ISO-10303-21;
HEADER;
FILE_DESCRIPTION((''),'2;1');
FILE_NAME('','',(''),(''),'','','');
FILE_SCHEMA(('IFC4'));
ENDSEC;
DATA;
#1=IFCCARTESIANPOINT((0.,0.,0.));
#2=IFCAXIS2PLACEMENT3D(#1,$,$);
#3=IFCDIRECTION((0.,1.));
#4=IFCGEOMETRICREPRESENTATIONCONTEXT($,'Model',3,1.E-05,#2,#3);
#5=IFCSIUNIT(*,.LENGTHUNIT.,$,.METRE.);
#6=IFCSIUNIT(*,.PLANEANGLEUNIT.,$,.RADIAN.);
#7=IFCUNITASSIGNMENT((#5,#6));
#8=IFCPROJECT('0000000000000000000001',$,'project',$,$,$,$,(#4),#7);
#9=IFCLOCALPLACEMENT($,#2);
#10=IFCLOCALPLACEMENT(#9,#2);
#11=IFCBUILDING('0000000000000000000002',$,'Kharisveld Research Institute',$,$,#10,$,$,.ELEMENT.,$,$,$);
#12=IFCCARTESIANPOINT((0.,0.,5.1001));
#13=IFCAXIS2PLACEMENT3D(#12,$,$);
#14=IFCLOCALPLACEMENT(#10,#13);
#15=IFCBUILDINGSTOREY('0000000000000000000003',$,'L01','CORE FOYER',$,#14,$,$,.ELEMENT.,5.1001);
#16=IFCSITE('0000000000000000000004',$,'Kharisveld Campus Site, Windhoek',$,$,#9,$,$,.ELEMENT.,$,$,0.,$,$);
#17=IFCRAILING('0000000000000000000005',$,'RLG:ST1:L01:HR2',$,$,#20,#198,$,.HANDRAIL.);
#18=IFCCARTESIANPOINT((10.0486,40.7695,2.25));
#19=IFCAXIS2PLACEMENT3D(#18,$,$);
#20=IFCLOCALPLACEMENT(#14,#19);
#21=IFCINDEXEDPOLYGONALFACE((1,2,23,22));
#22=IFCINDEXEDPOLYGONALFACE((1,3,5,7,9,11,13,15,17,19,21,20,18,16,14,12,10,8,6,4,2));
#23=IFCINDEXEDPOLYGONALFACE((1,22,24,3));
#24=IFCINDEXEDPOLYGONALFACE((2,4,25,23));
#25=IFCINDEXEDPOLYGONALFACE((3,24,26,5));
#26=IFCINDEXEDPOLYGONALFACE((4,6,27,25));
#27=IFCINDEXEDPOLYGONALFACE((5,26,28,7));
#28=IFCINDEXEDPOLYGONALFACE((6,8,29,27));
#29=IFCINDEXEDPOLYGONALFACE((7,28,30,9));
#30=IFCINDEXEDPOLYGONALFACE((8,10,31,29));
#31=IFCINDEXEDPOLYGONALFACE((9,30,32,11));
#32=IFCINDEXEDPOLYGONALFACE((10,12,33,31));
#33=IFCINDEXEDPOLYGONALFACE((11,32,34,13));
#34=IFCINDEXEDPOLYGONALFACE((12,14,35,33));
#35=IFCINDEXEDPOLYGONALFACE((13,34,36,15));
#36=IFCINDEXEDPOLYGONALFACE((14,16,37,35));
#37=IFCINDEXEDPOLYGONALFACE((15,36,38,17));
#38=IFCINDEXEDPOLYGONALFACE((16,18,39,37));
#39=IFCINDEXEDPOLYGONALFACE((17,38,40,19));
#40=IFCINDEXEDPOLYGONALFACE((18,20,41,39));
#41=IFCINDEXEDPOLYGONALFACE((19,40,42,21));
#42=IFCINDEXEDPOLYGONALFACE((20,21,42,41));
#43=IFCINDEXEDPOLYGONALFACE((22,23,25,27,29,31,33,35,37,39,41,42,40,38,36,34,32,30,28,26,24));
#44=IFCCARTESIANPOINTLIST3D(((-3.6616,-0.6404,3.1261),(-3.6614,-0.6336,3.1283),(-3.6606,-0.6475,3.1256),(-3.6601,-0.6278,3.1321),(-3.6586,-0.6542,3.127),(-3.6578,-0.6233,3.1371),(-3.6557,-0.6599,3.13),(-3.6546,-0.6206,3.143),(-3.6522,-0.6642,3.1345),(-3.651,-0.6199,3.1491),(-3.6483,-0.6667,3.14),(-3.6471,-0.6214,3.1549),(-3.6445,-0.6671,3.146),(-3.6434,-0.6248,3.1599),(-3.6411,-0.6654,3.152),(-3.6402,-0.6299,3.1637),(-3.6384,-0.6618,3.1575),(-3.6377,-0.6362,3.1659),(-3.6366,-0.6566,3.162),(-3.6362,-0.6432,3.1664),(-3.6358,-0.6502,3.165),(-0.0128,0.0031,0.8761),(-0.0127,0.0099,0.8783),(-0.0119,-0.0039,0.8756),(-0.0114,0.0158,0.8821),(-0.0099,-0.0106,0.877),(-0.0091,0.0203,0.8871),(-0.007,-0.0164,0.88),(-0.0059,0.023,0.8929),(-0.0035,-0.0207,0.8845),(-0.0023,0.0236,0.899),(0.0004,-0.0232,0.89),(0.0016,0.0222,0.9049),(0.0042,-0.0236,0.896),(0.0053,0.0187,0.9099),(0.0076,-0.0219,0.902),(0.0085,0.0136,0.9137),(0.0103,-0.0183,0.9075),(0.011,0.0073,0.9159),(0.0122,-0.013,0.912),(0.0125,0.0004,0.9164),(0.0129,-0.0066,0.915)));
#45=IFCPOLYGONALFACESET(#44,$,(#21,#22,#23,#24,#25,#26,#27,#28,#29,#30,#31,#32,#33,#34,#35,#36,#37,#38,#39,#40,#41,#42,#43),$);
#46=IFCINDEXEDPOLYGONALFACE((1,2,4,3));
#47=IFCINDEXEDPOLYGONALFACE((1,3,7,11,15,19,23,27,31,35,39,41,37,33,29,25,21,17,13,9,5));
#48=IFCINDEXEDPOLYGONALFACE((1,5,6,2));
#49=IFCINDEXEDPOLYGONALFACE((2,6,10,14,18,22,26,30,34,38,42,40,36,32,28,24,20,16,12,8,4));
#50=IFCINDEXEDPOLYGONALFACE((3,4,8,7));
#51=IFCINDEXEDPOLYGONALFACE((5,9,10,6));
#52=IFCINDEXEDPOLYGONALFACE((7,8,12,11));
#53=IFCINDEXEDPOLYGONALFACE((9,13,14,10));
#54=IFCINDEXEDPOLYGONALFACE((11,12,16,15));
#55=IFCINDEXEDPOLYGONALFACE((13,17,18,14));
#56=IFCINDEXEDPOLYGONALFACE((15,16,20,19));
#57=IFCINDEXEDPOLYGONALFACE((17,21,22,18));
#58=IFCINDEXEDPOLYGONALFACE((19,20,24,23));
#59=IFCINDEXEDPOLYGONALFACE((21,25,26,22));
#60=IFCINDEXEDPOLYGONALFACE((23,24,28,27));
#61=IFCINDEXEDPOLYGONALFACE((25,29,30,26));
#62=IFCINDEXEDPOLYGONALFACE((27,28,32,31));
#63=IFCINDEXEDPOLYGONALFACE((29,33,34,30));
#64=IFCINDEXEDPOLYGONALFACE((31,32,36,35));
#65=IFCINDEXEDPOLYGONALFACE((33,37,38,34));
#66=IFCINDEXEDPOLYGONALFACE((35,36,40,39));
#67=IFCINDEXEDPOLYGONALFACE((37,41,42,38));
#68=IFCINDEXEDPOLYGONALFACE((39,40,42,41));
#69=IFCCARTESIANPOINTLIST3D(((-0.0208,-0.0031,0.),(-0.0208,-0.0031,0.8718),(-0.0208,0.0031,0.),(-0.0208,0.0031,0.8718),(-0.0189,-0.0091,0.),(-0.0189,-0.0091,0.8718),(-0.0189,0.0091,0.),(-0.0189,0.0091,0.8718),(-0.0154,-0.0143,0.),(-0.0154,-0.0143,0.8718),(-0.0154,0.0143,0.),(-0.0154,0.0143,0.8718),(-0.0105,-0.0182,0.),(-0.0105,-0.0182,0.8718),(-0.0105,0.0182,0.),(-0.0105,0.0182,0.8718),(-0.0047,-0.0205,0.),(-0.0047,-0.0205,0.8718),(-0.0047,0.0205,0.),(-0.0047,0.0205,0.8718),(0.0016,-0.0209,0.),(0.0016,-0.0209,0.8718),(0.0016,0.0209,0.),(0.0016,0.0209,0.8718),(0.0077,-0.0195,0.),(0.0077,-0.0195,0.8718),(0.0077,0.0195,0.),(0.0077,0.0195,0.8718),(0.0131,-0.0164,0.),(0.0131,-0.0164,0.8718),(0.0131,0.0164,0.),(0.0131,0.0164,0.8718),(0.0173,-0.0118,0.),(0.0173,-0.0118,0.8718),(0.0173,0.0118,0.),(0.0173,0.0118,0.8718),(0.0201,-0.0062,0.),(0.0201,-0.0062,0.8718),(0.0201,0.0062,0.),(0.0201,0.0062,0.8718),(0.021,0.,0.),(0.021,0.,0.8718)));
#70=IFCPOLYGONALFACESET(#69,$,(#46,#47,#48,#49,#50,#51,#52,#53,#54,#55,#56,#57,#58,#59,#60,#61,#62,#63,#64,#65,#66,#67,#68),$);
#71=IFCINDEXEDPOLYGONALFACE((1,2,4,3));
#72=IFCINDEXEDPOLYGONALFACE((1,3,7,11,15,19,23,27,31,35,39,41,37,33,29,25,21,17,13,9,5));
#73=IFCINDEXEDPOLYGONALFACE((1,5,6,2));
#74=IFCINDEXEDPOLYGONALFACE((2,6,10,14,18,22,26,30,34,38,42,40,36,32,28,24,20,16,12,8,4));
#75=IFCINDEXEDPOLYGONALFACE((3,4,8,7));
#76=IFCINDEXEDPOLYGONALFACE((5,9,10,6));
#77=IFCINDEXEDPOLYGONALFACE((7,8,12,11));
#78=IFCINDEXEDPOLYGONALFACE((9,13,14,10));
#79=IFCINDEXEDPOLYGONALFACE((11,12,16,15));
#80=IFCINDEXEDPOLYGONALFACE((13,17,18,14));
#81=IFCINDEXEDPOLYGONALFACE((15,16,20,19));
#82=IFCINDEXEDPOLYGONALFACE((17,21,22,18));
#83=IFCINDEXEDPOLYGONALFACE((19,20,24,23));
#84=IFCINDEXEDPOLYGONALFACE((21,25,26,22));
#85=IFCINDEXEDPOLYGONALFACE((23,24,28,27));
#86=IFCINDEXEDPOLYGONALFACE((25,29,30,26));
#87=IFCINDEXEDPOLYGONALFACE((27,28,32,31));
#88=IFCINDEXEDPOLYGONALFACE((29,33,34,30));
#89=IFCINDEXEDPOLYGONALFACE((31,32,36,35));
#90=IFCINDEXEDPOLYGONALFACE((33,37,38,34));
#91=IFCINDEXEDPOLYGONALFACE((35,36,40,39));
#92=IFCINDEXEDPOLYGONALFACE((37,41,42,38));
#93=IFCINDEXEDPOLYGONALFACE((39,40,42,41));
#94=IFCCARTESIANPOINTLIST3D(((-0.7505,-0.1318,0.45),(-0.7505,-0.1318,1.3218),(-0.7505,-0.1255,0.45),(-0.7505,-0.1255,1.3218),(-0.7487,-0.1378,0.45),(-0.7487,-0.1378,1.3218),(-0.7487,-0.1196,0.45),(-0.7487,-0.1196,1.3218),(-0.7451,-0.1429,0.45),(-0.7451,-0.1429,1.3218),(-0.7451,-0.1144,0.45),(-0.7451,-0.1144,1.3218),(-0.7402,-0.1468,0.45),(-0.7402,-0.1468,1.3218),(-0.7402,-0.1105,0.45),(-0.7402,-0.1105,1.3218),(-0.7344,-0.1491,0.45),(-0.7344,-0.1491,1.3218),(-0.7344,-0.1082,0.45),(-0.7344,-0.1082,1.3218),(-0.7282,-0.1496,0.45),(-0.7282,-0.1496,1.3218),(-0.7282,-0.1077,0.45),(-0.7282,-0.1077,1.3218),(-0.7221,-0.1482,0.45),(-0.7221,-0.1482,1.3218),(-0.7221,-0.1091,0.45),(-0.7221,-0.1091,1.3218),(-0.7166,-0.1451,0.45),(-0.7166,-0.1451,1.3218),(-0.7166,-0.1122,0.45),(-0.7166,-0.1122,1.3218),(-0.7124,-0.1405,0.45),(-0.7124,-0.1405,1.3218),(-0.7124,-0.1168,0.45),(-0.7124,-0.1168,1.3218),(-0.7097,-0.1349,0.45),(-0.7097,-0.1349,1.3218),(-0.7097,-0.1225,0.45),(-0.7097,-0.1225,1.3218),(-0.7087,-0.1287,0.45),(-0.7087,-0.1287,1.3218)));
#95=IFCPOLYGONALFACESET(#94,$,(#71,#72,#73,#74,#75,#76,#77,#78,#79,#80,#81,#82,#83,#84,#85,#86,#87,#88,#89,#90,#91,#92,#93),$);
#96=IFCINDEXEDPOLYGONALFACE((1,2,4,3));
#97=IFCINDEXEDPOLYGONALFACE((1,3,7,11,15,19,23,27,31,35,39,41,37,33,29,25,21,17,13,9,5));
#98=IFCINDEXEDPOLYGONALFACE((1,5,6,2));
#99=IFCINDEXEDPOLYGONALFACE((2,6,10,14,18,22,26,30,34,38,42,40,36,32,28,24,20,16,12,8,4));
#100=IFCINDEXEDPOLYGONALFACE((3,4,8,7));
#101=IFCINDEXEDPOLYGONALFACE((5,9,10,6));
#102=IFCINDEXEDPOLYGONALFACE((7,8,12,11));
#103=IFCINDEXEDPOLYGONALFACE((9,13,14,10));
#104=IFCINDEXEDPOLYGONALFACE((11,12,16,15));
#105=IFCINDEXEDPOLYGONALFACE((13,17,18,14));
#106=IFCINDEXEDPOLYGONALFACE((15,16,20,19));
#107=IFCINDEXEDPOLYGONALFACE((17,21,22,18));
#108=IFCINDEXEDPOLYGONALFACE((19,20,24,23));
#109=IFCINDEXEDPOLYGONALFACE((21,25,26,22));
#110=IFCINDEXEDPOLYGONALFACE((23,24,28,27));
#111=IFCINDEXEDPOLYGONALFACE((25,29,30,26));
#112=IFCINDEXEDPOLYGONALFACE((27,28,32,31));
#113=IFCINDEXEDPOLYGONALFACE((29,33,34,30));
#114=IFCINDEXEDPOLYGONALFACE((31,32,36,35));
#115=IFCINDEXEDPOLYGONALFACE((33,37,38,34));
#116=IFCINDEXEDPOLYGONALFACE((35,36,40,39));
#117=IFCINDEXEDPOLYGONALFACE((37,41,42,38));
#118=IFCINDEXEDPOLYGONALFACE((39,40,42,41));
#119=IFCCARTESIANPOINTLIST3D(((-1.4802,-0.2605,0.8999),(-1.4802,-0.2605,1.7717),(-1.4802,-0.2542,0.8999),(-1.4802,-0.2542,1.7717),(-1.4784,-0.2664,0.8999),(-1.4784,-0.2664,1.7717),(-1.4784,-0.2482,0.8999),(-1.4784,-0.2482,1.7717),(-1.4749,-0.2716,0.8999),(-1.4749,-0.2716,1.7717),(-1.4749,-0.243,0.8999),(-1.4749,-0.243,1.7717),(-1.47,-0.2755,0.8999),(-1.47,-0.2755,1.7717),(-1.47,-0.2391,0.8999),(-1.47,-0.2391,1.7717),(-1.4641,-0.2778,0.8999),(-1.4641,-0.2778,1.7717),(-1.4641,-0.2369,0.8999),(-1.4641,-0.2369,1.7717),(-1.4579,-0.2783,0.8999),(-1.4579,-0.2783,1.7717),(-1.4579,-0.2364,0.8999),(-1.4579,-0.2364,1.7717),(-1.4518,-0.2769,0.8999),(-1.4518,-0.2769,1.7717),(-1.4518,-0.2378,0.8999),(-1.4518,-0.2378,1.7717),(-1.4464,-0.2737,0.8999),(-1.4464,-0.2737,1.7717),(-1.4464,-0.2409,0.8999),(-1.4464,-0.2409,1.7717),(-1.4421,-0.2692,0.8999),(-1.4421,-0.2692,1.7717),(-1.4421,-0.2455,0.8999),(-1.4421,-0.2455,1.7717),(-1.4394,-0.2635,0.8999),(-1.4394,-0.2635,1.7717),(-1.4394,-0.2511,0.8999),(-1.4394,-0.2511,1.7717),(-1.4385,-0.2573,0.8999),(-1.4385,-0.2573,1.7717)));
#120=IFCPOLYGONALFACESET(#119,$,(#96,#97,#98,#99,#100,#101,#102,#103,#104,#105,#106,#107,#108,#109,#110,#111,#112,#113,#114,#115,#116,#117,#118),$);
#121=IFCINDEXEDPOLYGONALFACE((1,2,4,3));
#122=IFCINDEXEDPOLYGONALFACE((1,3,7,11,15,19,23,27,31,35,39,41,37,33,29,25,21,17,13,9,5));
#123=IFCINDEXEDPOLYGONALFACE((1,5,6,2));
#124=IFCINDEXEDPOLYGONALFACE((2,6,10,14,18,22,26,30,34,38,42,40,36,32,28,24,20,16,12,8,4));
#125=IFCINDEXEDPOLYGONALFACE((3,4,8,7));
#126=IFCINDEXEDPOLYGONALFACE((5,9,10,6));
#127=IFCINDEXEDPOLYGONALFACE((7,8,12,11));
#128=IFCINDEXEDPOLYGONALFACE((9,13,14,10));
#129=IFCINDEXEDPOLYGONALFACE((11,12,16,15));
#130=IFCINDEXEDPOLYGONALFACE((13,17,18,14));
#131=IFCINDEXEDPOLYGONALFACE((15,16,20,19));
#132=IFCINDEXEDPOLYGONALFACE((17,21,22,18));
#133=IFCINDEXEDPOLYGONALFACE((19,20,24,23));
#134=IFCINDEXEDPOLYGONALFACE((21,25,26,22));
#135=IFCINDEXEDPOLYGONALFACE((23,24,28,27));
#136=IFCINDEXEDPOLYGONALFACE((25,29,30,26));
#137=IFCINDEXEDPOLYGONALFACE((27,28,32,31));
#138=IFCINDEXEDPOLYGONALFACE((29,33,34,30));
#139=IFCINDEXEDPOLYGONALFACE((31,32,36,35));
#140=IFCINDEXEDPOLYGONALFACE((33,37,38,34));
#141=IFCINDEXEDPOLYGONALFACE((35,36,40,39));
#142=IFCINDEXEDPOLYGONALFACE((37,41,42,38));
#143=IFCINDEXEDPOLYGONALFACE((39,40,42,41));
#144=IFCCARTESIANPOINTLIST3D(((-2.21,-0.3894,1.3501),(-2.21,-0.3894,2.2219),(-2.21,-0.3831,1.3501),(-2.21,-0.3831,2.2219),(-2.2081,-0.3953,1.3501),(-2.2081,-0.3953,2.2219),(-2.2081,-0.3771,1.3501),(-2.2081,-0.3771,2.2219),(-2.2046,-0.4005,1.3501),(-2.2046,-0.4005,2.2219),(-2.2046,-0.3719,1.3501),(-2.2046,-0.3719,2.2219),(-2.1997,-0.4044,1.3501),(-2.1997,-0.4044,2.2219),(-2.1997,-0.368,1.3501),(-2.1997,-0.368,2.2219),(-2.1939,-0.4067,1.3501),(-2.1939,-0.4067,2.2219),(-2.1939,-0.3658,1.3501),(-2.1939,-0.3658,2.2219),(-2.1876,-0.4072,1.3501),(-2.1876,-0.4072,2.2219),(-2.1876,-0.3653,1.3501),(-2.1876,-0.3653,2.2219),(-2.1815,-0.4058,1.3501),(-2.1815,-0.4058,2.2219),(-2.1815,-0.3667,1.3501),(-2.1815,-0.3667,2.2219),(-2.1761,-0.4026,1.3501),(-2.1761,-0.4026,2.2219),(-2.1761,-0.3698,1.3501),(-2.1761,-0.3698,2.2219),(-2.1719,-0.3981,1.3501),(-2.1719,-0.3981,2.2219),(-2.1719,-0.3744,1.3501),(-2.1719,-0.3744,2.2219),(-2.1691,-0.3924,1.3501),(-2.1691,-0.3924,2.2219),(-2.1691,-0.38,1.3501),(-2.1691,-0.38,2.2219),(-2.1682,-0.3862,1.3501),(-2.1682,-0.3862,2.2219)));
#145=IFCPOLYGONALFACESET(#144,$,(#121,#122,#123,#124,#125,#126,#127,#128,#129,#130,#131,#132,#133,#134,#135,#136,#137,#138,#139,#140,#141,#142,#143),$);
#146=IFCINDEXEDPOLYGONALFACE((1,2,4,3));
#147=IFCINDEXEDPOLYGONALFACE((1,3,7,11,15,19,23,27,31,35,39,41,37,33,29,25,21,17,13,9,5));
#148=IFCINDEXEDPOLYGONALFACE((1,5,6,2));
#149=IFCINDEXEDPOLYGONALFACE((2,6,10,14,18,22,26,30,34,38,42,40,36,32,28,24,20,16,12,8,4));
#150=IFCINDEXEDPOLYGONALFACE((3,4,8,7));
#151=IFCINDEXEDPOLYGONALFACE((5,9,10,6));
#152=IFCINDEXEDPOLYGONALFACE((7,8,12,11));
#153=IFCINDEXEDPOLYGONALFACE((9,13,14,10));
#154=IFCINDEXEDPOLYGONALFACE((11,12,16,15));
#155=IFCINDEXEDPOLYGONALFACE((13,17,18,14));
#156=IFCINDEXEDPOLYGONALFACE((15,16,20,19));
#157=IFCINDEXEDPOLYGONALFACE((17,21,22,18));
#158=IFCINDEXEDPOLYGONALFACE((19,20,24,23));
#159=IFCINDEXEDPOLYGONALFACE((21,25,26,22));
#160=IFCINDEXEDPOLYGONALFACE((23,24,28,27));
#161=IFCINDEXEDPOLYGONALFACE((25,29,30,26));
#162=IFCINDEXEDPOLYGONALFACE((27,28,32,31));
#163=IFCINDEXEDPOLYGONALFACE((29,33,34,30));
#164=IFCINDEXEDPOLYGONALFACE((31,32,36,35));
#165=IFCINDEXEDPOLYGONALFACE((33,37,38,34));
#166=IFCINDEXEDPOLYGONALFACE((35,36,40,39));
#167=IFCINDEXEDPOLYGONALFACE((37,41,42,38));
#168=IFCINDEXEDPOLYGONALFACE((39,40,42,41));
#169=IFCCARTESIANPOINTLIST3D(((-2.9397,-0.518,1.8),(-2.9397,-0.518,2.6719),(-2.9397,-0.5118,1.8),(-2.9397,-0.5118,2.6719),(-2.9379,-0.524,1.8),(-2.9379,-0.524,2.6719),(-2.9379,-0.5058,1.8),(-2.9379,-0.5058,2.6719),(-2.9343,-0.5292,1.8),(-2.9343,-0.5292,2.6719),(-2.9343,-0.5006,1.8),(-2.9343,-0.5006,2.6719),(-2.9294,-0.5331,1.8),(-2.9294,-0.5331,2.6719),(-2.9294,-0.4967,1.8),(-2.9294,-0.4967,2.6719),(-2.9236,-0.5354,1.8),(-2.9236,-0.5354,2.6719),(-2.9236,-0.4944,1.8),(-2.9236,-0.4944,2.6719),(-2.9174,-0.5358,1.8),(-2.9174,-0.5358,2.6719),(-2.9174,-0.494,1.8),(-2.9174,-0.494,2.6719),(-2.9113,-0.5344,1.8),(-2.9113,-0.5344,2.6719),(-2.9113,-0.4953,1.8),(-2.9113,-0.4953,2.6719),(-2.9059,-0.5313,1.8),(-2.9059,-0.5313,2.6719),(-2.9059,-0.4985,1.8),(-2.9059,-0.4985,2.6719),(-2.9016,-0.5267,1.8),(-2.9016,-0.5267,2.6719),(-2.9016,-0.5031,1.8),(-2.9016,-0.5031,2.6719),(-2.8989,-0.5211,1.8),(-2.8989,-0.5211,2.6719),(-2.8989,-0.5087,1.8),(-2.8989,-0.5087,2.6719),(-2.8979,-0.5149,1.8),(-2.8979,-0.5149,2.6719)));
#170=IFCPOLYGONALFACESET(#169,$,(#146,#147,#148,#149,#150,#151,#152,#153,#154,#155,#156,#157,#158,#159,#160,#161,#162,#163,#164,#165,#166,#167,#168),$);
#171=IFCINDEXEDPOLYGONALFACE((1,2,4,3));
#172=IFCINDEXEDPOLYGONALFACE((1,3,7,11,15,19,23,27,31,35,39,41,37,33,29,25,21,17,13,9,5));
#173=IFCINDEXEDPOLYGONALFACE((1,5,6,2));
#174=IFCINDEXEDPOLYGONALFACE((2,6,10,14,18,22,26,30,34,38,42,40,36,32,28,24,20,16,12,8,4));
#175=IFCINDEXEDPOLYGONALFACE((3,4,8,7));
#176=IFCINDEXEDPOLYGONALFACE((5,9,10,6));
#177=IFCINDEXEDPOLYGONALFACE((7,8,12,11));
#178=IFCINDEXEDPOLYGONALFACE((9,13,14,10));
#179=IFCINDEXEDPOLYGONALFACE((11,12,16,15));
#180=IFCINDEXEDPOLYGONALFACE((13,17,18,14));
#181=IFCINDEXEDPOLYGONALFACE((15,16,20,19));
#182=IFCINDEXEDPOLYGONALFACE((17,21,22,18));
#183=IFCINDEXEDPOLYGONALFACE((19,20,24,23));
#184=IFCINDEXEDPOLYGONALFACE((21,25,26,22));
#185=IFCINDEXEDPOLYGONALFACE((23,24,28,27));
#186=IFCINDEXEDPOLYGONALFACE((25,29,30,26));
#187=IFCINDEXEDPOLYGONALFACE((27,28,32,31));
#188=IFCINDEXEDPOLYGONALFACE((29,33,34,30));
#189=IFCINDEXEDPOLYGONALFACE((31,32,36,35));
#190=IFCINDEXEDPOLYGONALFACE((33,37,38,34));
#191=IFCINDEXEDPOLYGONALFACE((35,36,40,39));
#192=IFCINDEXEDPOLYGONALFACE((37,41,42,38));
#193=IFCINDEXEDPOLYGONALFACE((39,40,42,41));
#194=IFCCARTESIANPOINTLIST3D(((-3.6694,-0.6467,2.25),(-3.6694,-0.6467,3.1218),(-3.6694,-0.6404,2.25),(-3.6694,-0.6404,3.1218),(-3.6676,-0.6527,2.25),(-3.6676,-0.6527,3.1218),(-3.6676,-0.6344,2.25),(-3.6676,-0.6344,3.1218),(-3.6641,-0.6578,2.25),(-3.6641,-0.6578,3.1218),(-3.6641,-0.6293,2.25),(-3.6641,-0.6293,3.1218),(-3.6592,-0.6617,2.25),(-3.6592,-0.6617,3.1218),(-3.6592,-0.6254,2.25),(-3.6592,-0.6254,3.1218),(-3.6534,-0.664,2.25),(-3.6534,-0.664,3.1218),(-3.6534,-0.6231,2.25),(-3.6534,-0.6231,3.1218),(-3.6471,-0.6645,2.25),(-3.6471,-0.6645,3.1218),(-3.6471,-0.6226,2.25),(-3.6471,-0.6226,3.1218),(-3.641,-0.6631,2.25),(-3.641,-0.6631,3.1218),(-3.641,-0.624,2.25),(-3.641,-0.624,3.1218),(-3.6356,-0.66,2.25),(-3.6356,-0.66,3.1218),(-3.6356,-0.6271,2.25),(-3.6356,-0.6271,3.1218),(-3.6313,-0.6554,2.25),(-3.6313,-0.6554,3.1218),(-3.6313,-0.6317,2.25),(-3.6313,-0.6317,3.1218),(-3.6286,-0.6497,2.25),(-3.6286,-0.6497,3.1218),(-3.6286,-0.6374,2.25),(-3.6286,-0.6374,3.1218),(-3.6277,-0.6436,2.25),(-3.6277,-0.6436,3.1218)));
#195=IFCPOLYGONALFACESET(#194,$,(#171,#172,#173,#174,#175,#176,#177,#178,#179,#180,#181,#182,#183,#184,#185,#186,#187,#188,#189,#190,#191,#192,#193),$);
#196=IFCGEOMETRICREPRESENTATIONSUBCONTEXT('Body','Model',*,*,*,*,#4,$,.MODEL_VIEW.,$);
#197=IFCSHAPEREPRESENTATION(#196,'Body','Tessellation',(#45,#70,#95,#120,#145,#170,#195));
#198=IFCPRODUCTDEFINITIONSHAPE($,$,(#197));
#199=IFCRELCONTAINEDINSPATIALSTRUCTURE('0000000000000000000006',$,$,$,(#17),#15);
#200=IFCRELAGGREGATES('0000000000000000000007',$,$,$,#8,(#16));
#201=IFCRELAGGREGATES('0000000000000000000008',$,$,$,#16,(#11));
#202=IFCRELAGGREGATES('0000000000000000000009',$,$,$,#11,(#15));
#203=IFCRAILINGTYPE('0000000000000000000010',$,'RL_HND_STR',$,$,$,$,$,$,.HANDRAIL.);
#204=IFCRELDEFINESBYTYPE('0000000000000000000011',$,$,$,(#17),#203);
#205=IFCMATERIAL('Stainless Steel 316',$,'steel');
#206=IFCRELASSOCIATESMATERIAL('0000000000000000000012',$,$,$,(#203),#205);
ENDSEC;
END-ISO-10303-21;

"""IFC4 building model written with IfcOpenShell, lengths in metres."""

from ifc_helpers import new_model, si_unit, direction, frame, origin, origin_2d, place, context, subcontext, project, spatial, circle, extrude, material, type_object, element, save


model = new_model("IFC4")

# Units and contexts
model_context = context("Model", 3, precision=1e-05, world=origin(), true_north=direction((0.0, 1.0)))
body_context = subcontext(model_context, "Body", "Model", "MODEL_VIEW")
ifc_project = project(units=[si_unit("LENGTHUNIT", "METRE"), si_unit("PLANEANGLEUNIT", "RADIAN")], contexts=[model_context])

# Site, building, storey
site_placement = place(None, origin())
site = spatial("IfcSite", under=ifc_project, at=site_placement, Name="Kharisveld Campus Site, Windhoek", CompositionType="ELEMENT", RefElevation=0.0)
building_placement = place(site_placement, origin())
building = spatial("IfcBuilding", under=site, at=building_placement, Name="Kharisveld Research Institute", CompositionType="ELEMENT")
storey_placement = place(building_placement, frame((0.0, 0.0, 5.1001)))
storey = spatial("IfcBuildingStorey", under=building, at=storey_placement, Name="L01", Description="CORE FOYER", CompositionType="ELEMENT", Elevation=5.1001)

# Railing
ifc_material_1 = material(Name="Stainless Steel 316", Category="steel")
railing_type_1 = type_object("IfcRailingType", Name="RL_HND_STR", PredefinedType="HANDRAIL", material=ifc_material_1)
railing_1_placement = place(storey_placement, frame((10.0486, 40.7695, 2.25)))
element("IfcRailing", 1, at=railing_1_placement, inside=storey, type_object=railing_type_1, Name="RLG:ST1:L01:HR2", PredefinedType="HANDRAIL", context=body_context, shape_type="SweptSolid", body=[
    extrude(circle(Radius=0.0239, at=origin_2d()), frame((0.0, 0.0, 0.896), z_axis=(-0.84174, -0.148466, 0.519068), x_axis=(0.173699, -0.984799, 0.0)), (0.0, 0.0, 1.0), 4.3347),
    extrude(circle(Radius=0.021, at=origin_2d()), origin(), (0.0, 0.0, 1.0), 0.8718),
    extrude(circle(Radius=0.021, at=origin_2d()), frame((-0.7297, -0.1287, 0.45)), (0.0, 0.0, 1.0), 0.8718),
    extrude(circle(Radius=0.021, at=origin_2d()), frame((-1.4595, -0.2573, 0.8999)), (0.0, 0.0, 1.0), 0.8718),
    extrude(circle(Radius=0.021, at=origin_2d()), frame((-2.1892, -0.3862, 1.3501)), (0.0, 0.0, 1.0), 0.8718),
    extrude(circle(Radius=0.021, at=origin_2d()), frame((-2.9189, -0.5149, 1.8)), (0.0, 0.0, 1.0), 0.8718),
    extrude(circle(Radius=0.021, at=origin_2d()), frame((-3.6487, -0.6436, 2.25)), (0.0, 0.0, 1.0), 0.8718),
])

save(model, "model.ifc")
